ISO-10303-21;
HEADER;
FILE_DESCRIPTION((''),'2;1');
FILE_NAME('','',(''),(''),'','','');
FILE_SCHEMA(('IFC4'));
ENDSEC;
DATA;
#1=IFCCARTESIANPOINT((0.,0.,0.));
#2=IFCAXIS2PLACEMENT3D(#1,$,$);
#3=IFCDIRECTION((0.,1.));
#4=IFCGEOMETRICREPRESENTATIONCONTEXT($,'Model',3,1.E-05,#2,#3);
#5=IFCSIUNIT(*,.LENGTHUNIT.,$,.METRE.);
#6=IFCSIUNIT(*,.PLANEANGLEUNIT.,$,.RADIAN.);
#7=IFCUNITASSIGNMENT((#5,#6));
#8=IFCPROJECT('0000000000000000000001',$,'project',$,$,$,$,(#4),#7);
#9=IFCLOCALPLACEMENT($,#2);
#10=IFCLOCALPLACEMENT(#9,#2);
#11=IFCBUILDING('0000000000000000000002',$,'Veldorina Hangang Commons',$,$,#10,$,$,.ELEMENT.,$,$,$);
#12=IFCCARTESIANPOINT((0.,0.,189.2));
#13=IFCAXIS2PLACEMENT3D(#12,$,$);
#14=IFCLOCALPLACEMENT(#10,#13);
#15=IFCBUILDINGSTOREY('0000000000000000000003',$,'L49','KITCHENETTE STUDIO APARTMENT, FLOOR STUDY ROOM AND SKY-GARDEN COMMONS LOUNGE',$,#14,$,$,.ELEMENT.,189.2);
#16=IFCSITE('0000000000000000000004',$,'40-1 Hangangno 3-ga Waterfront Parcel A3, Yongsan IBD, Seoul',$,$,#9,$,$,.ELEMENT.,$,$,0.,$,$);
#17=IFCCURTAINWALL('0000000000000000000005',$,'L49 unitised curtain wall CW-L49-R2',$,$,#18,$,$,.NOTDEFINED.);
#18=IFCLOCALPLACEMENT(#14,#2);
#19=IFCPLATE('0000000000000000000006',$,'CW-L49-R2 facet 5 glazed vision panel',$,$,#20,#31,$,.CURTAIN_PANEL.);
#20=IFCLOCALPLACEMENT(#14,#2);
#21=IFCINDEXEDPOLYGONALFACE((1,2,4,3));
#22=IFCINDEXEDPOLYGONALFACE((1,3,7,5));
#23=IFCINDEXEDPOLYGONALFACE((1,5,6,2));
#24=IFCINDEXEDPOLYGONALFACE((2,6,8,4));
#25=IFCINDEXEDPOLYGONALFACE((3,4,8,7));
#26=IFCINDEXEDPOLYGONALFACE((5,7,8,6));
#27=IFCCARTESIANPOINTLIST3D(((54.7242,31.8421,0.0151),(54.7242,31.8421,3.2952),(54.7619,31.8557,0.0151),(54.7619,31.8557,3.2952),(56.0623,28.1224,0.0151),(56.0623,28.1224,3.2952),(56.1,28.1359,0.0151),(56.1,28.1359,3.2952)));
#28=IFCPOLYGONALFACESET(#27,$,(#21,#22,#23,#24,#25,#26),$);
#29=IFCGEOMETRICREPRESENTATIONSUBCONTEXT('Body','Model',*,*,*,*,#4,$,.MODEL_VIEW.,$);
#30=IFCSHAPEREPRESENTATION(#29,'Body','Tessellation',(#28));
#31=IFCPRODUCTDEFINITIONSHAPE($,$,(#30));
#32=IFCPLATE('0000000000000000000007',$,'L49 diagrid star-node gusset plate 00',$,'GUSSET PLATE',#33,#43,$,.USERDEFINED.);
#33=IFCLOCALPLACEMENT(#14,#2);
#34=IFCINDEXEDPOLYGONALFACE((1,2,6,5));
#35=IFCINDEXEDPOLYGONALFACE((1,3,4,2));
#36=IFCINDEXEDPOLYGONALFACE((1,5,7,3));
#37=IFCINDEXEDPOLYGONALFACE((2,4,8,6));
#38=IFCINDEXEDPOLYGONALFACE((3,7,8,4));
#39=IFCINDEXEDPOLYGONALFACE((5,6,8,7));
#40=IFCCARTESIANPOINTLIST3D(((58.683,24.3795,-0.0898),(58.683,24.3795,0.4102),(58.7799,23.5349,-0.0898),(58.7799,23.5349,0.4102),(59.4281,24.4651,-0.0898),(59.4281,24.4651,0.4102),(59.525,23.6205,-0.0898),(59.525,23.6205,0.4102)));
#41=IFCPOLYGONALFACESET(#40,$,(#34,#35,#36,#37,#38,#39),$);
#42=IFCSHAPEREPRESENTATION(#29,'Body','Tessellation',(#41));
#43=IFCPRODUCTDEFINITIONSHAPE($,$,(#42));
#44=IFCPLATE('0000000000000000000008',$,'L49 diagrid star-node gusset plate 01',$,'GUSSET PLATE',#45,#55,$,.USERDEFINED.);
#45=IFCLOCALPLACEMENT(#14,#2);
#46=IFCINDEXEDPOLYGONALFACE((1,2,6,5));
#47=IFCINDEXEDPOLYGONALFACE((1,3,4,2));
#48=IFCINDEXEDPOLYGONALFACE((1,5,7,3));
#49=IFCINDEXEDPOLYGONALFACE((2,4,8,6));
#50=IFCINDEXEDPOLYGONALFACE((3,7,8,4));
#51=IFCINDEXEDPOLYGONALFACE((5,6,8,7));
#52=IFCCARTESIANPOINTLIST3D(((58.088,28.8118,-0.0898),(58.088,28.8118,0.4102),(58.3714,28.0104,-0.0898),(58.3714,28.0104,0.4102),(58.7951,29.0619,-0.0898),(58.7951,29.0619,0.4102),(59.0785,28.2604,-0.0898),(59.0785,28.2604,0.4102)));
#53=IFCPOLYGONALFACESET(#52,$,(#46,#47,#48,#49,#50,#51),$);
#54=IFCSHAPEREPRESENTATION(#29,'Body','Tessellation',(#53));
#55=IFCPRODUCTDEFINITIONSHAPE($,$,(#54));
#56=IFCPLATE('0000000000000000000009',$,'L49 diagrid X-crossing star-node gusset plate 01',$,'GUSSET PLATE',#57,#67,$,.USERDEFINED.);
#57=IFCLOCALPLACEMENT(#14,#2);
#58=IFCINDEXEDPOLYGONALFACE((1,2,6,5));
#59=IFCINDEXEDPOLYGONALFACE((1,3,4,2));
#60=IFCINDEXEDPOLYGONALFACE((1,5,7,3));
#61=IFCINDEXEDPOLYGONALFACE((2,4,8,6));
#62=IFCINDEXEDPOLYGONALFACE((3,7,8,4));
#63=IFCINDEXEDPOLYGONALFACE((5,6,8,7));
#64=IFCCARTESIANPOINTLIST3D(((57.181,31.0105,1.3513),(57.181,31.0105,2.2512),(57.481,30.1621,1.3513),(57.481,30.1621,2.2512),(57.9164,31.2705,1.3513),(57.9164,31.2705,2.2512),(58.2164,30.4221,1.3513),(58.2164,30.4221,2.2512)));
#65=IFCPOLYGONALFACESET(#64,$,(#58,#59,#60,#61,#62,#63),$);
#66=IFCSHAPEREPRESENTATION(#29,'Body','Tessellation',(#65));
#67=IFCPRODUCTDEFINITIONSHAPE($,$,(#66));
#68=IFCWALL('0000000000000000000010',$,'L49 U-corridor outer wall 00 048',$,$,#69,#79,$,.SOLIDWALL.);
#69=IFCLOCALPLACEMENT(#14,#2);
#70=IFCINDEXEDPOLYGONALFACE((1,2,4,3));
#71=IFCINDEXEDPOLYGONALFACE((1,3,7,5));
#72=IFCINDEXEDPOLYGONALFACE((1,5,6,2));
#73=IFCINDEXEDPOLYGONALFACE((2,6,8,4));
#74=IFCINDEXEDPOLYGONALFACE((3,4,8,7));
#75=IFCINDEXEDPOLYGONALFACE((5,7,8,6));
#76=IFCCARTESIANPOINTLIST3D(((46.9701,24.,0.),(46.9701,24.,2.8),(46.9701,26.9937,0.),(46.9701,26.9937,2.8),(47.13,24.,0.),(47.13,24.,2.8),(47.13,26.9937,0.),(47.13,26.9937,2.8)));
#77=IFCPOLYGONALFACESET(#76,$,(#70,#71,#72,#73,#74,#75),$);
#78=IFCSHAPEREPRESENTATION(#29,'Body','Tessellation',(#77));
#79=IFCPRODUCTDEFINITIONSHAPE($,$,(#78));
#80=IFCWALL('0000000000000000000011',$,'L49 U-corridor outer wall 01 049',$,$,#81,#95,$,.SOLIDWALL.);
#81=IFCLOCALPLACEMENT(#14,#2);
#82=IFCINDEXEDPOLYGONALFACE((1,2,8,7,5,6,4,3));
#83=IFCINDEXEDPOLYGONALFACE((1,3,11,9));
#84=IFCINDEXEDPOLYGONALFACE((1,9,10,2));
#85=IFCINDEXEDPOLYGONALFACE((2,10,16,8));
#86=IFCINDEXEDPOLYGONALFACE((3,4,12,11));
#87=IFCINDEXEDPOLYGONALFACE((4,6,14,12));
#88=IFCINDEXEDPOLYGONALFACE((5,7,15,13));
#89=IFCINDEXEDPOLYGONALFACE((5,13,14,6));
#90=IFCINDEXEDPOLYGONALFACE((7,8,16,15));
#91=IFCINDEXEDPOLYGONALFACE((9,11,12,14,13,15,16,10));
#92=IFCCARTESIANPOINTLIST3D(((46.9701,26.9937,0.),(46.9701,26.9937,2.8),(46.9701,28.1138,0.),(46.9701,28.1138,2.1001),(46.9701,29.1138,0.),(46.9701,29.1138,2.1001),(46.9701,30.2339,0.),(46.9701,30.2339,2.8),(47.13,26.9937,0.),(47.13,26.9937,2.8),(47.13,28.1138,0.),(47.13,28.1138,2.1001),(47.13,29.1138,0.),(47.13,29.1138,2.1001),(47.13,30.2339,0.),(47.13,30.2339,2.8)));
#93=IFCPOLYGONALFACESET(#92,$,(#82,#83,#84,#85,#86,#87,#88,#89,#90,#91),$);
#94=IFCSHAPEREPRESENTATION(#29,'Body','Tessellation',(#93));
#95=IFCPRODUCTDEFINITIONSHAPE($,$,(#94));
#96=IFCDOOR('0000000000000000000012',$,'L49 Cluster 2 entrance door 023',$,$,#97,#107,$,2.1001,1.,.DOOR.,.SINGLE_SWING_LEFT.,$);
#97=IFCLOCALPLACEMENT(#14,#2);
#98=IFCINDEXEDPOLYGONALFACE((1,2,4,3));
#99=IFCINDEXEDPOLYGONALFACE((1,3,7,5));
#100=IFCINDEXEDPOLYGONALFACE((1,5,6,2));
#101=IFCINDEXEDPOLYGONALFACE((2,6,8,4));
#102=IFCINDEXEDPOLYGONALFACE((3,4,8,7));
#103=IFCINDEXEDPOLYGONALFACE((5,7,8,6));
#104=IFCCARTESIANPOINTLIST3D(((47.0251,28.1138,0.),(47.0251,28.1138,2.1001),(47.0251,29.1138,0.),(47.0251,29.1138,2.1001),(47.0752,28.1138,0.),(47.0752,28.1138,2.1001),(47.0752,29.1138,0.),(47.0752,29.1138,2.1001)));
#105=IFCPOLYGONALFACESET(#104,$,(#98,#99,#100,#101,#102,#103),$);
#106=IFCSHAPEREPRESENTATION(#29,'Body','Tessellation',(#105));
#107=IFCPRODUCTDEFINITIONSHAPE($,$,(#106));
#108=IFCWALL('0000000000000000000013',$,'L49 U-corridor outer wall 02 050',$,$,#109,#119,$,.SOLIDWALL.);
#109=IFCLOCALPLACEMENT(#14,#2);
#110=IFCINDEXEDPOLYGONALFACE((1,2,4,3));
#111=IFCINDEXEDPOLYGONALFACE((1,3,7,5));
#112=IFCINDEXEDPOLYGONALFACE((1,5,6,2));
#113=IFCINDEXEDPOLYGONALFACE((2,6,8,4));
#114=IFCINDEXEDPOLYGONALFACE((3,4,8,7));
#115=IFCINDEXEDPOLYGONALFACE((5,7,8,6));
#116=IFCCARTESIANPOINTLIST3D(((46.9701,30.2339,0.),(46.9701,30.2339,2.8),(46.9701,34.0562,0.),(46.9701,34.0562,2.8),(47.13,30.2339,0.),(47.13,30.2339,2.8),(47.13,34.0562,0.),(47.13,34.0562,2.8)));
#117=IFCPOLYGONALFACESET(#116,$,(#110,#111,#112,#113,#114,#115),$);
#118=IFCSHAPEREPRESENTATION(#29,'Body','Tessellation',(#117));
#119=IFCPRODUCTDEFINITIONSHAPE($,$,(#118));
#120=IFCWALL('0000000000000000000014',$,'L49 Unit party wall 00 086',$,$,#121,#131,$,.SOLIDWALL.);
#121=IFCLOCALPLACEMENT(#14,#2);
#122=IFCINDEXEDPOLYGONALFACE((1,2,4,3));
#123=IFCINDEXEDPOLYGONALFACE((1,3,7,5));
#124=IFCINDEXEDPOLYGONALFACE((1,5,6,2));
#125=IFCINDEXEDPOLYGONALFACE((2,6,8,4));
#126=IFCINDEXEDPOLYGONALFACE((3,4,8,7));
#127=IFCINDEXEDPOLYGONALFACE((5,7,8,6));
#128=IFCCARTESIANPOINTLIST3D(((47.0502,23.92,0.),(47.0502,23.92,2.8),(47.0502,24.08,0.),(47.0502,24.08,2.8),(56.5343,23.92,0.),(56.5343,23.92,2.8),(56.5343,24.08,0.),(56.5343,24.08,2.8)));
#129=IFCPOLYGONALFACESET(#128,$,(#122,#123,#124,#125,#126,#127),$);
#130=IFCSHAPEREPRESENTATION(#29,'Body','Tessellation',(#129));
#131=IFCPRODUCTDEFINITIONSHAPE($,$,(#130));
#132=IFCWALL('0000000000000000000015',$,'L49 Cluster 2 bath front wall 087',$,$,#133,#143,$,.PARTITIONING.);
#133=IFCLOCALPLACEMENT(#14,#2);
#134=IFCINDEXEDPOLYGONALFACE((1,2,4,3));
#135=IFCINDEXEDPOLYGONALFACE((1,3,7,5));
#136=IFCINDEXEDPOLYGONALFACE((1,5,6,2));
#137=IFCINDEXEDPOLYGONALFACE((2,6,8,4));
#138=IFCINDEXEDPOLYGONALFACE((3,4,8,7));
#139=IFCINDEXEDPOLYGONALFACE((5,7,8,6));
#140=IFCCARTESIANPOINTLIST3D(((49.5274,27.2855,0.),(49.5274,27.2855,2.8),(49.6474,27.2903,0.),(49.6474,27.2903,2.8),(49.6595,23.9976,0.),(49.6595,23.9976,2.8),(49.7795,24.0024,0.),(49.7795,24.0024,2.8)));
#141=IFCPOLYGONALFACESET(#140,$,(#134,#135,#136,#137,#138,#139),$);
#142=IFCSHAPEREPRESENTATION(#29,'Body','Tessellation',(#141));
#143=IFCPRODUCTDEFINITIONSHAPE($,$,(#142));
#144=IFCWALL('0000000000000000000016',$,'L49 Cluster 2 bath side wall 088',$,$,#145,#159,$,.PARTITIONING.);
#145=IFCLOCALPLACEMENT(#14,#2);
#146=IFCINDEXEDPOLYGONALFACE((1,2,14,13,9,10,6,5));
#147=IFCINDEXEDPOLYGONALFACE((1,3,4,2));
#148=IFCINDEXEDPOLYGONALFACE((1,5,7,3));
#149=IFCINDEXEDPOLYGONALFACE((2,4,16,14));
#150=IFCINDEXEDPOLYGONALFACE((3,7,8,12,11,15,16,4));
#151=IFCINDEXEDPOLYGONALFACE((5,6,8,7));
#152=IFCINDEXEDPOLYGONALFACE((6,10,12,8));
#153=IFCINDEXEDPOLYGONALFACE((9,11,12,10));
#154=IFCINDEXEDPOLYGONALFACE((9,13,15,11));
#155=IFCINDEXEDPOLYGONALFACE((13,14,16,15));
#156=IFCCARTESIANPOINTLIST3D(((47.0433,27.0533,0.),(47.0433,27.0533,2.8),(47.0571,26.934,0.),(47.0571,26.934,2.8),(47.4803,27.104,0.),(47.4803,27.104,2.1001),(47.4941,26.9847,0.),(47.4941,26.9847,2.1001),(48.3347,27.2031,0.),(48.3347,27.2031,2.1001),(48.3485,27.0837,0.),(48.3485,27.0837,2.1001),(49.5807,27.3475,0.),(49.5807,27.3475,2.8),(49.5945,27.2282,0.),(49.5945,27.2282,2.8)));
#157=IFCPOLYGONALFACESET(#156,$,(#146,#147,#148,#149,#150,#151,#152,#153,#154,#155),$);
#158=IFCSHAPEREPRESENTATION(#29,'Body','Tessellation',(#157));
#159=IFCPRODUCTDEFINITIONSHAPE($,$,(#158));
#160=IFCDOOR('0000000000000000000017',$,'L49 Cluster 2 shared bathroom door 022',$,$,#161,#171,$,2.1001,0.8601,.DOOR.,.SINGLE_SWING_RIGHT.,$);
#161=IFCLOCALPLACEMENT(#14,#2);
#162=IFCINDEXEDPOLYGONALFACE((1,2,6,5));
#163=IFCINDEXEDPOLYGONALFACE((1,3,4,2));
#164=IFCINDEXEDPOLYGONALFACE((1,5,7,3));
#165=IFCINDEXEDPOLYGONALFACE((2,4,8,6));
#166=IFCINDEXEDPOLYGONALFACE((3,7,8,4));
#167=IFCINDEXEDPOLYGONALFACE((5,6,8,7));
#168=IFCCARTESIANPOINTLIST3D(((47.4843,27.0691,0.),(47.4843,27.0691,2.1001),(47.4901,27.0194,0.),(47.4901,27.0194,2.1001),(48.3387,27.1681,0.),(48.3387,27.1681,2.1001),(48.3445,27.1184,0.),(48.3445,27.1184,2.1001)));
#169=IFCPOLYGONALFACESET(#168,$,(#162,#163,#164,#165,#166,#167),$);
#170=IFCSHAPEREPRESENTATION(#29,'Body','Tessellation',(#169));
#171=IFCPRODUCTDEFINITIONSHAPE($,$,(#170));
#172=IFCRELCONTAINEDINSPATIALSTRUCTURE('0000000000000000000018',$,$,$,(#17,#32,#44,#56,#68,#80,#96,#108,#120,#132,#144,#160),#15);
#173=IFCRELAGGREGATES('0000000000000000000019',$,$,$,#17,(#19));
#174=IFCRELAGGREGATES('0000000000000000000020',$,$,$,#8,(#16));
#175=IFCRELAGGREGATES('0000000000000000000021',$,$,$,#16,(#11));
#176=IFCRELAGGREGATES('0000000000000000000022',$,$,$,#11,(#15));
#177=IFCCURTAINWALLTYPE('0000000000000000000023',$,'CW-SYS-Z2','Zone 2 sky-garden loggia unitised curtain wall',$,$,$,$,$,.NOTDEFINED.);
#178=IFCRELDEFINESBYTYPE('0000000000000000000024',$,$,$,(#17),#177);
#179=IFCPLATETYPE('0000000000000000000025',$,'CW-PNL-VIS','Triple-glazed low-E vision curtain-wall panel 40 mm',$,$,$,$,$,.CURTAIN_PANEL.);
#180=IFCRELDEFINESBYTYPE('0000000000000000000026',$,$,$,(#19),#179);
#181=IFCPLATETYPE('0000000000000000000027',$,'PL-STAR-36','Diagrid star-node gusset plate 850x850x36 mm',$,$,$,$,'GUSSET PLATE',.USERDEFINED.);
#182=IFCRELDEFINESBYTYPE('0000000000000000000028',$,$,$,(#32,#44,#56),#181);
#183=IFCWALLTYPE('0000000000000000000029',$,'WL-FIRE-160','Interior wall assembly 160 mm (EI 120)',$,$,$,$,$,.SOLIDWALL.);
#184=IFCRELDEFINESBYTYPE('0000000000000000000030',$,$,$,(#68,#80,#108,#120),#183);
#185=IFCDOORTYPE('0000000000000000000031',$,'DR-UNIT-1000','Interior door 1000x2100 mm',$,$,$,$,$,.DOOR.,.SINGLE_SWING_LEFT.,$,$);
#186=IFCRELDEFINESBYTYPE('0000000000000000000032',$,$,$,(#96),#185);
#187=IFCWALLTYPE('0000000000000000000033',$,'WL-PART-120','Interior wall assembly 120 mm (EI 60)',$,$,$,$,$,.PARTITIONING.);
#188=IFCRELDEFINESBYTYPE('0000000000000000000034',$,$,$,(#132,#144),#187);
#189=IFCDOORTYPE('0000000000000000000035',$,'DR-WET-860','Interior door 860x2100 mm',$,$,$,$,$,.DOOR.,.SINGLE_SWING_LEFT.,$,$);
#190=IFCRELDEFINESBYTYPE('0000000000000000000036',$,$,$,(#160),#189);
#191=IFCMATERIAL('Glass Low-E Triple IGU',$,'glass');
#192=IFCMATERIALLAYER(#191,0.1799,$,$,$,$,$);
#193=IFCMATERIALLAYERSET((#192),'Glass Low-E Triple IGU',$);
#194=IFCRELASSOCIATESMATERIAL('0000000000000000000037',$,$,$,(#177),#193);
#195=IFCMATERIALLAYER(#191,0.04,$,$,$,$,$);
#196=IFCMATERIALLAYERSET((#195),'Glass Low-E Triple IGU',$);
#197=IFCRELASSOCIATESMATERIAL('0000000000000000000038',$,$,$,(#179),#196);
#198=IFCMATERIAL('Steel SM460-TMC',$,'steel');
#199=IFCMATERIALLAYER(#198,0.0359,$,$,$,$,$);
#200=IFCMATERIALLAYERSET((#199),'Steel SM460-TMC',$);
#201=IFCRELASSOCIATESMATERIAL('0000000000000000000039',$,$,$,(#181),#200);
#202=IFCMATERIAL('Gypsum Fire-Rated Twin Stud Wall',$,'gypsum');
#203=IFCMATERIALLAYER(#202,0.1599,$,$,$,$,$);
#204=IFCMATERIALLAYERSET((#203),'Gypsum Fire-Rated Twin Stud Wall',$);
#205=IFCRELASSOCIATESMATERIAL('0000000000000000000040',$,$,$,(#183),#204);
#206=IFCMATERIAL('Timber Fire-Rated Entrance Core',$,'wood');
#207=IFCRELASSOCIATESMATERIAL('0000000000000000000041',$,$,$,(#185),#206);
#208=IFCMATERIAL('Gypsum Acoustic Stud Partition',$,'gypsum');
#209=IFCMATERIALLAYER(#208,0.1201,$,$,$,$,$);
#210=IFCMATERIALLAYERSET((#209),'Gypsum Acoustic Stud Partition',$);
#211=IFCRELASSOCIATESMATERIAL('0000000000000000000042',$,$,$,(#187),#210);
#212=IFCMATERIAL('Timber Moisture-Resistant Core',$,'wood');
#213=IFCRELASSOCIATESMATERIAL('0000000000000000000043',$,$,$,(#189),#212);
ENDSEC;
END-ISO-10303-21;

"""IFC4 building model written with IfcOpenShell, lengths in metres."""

from ifc_helpers import new_model, si_unit, direction, frame, frame_2d, origin, origin_2d, place, context, subcontext, project, spatial, rectangle, extrude, material, layer, layer_set, type_object, element, fill, aggregate, save


model = new_model("IFC4")

# Units and contexts
model_context = context("Model", 3, precision=1e-05, world=origin(), true_north=direction((0.0, 1.0)))
body_context = subcontext(model_context, "Body", "Model", "MODEL_VIEW")
ifc_project = project(units=[si_unit("LENGTHUNIT", "METRE"), si_unit("PLANEANGLEUNIT", "RADIAN")], contexts=[model_context])

# Site, building, storey
site_placement = place(None, origin())
site = spatial("IfcSite", under=ifc_project, at=site_placement, Name="40-1 Hangangno 3-ga Waterfront Parcel A3, Yongsan IBD, Seoul", CompositionType="ELEMENT", RefElevation=0.0)
building_placement = place(site_placement, origin())
building = spatial("IfcBuilding", under=site, at=building_placement, Name="Veldorina Hangang Commons", CompositionType="ELEMENT")
storey_placement = place(building_placement, frame((0.0, 0.0, 189.2)))
storey = spatial("IfcBuildingStorey", under=building, at=storey_placement, Name="L49", Description="KITCHENETTE STUDIO APARTMENT, FLOOR STUDY ROOM AND SKY-GARDEN COMMONS LOUNGE", CompositionType="ELEMENT", Elevation=189.2)

# Curtain wall
ifc_material_1 = material(Name="Glass Low-E Triple IGU", Category="glass")
ifc_layer_1 = layer(ifc_material_1, 0.1799)
ifc_layer_set_1 = layer_set([ifc_layer_1], Name="Glass Low-E Triple IGU")
curtain_wall_type = type_object("IfcCurtainWallType", Name="CW-SYS-Z2", Description="Zone 2 sky-garden loggia unitised curtain wall", PredefinedType="NOTDEFINED", material=ifc_layer_set_1)
curtain_wall_placement = place(storey_placement, origin())
curtain_wall = element("IfcCurtainWall", 1, at=curtain_wall_placement, inside=storey, type_object=curtain_wall_type, Name="L49 unitised curtain wall CW-L49-R2", PredefinedType="NOTDEFINED")

# Plate
ifc_layer_2 = layer(ifc_material_1, 0.04)
ifc_layer_set_2 = layer_set([ifc_layer_2], Name="Glass Low-E Triple IGU")
plate_type_1 = type_object("IfcPlateType", Name="CW-PNL-VIS", Description="Triple-glazed low-E vision curtain-wall panel 40 mm", PredefinedType="CURTAIN_PANEL", material=ifc_layer_set_2)
plate_1_placement = place(storey_placement, frame((55.4121, 29.989, 0.0151), z_axis=(0.0, 0.0, 1.0), x_axis=(-0.338492, 0.940969, 0.0)))
plate_1 = element("IfcPlate", 2, at=plate_1_placement, type_object=plate_type_1, Name="CW-L49-R2 facet 5 glazed vision panel", PredefinedType="CURTAIN_PANEL", context=body_context, shape_type="SweptSolid", body=[
    extrude(rectangle(XDim=3.9531, YDim=0.04, at=origin_2d()), origin(), (0.0, 0.0, 1.0), 3.28),
])
aggregate(curtain_wall, [plate_1])

# Plates
ifc_material_2 = material(Name="Steel SM460-TMC", Category="steel")
ifc_layer_3 = layer(ifc_material_2, 0.0359)
ifc_layer_set_3 = layer_set([ifc_layer_3], Name="Steel SM460-TMC")
plate_type_2 = type_object("IfcPlateType", Name="PL-STAR-36", Description="Diagrid star-node gusset plate 850x850x36 mm", ElementType="GUSSET PLATE", PredefinedType="USERDEFINED", material=ifc_layer_set_3)
for number, where, z_axis, x_axis, name in (
    (3, (59.104, 24.0, -0.0898), (0.0, 0.0, 1.0), (-0.11407, 0.993473, 0.0), "L49 diagrid star-node gusset plate 00"),
    (4, (58.5833, 28.5361, -0.0898), (0.0, 0.0, 1.0), (-0.333379, 0.942793, 0.0), "L49 diagrid star-node gusset plate 01"),
):
    element("IfcPlate", number, at=place(storey_placement, frame(where, z_axis=z_axis, x_axis=x_axis)), inside=storey, type_object=plate_type_2, Name=name, ObjectType="GUSSET PLATE", PredefinedType="USERDEFINED", context=body_context, shape_type="SweptSolid", body=[
        extrude(rectangle(XDim=0.8501, YDim=0.75, at=origin_2d()), origin(), (0.0, 0.0, 1.0), 0.5),
    ])
plate_2_placement = place(storey_placement, frame((57.6987, 30.7163, 1.3513), z_axis=(0.0, 0.0, 1.0), x_axis=(-0.333379, 0.942793, 0.0)))
element("IfcPlate", 5, at=plate_2_placement, inside=storey, type_object=plate_type_2, Name="L49 diagrid X-crossing star-node gusset plate 01", ObjectType="GUSSET PLATE", PredefinedType="USERDEFINED", context=body_context, shape_type="SweptSolid", body=[
    extrude(rectangle(XDim=0.8999, YDim=0.78, at=origin_2d()), origin(), (0.0, 0.0, 1.0), 0.8999),
])

# Wall
ifc_material_3 = material(Name="Gypsum Fire-Rated Twin Stud Wall", Category="gypsum")
ifc_layer_4 = layer(ifc_material_3, 0.1599)
ifc_layer_set_4 = layer_set([ifc_layer_4], Name="Gypsum Fire-Rated Twin Stud Wall")
wall_type_1 = type_object("IfcWallType", Name="WL-FIRE-160", Description="Interior wall assembly 160 mm (EI 120)", PredefinedType="SOLIDWALL", material=ifc_layer_set_4)
wall_1_placement = place(storey_placement, frame((47.05, 24.0, 0.0), z_axis=(0.0, 0.0, 1.0), x_axis=(0.0, 1.0, 0.0)))
element("IfcWall", 6, at=wall_1_placement, inside=storey, type_object=wall_type_1, Name="L49 U-corridor outer wall 00 048", PredefinedType="SOLIDWALL", context=body_context, shape_type="SweptSolid", body=[
    extrude(rectangle(XDim=2.9937, YDim=0.1599, at=frame_2d((1.4968, 0.0))), origin(), (0.0, 0.0, 1.0), 2.8),
])

# Wall, opening, door
wall_2_placement = place(storey_placement, frame((47.05, 26.9937, 0.0), z_axis=(0.0, 0.0, 1.0), x_axis=(0.0, 1.0, 0.0)))
wall_2 = element("IfcWall", 7, at=wall_2_placement, inside=storey, type_object=wall_type_1, Name="L49 U-corridor outer wall 01 049", PredefinedType="SOLIDWALL", context=body_context, shape_type="SweptSolid", body=[
    extrude(rectangle(XDim=3.2402, YDim=0.1599, at=frame_2d((1.6201, 0.0))), origin(), (0.0, 0.0, 1.0), 2.8),
])
opening_1_placement = place(wall_2_placement, frame((1.1201, 0.0, 0.0)))
opening_1 = element("IfcOpeningElement", 8, at=opening_1_placement, cuts=wall_2, PredefinedType="OPENING", context=body_context, shape_type="SweptSolid", body=[
    extrude(rectangle(XDim=1.0, YDim=2.1001, at=frame_2d((0.5, 1.05))), frame((0.0, 0.0898, 0.0), z_axis=(0.0, -1.0, 0.0), x_axis=(1.0, 0.0, 0.0)), (0.0, 0.0, 1.0), 0.1799),
])
ifc_material_4 = material(Name="Timber Fire-Rated Entrance Core", Category="wood")
door_type_1 = type_object("IfcDoorType", Name="DR-UNIT-1000", Description="Interior door 1000x2100 mm", OperationType="SINGLE_SWING_LEFT", PredefinedType="DOOR", material=ifc_material_4)
door_1_placement = place(opening_1_placement, origin())
door_1 = element("IfcDoor", 9, at=door_1_placement, inside=storey, type_object=door_type_1, Name="L49 Cluster 2 entrance door 023", OperationType="SINGLE_SWING_LEFT", OverallHeight=2.1001, OverallWidth=1.0, PredefinedType="DOOR", context=body_context, shape_type="SweptSolid", body=[
    extrude(rectangle(XDim=1.0, YDim=2.1001, at=frame_2d((0.5, 1.05))), frame((0.0, 0.0249, 0.0), z_axis=(0.0, -1.0, 0.0), x_axis=(1.0, 0.0, 0.0)), (0.0, 0.0, 1.0), 0.05),
])
fill(opening_1, door_1)

# Walls
wall_3_placement = place(storey_placement, frame((47.05, 30.2339, 0.0), z_axis=(0.0, 0.0, 1.0), x_axis=(0.0, 1.0, 0.0)))
element("IfcWall", 10, at=wall_3_placement, inside=storey, type_object=wall_type_1, Name="L49 U-corridor outer wall 02 050", PredefinedType="SOLIDWALL", context=body_context, shape_type="SweptSolid", body=[
    extrude(rectangle(XDim=3.8223, YDim=0.1599, at=frame_2d((1.9111, 0.0))), origin(), (0.0, 0.0, 1.0), 2.8),
])
wall_4_placement = place(storey_placement, frame((47.05, 24.0, 0.0), z_axis=(0.0, 0.0, 1.0), x_axis=(1.0, 0.0, 0.0)))
element("IfcWall", 11, at=wall_4_placement, inside=storey, type_object=wall_type_1, Name="L49 Unit party wall 00 086", PredefinedType="SOLIDWALL", context=body_context, shape_type="SweptSolid", body=[
    extrude(rectangle(XDim=9.4841, YDim=0.1599, at=frame_2d((4.7422, 0.0))), origin(), (0.0, 0.0, 1.0), 2.8),
])
ifc_material_5 = material(Name="Gypsum Acoustic Stud Partition", Category="gypsum")
ifc_layer_5 = layer(ifc_material_5, 0.1201)
ifc_layer_set_5 = layer_set([ifc_layer_5], Name="Gypsum Acoustic Stud Partition")
wall_type_2 = type_object("IfcWallType", Name="WL-PART-120", Description="Interior wall assembly 120 mm (EI 60)", PredefinedType="PARTITIONING", material=ifc_layer_set_5)
wall_5_placement = place(storey_placement, frame((49.7195, 24.0, 0.0), z_axis=(0.0, 0.0, 1.0), x_axis=(-0.04014, 0.999194, 0.0)))
element("IfcWall", 12, at=wall_5_placement, inside=storey, type_object=wall_type_2, Name="L49 Cluster 2 bath front wall 087", PredefinedType="PARTITIONING", context=body_context, shape_type="SweptSolid", body=[
    extrude(rectangle(XDim=3.2905, YDim=0.1201, at=frame_2d((1.6453, 0.0))), origin(), (0.0, 0.0, 1.0), 2.8),
])

# Wall, opening, door
wall_6_placement = place(storey_placement, frame((47.05, 26.9937, 0.0), z_axis=(0.0, 0.0, 1.0), x_axis=(0.993346, 0.115172, 0.0)))
wall_6 = element("IfcWall", 13, at=wall_6_placement, inside=storey, type_object=wall_type_2, Name="L49 Cluster 2 bath side wall 088", PredefinedType="PARTITIONING", context=body_context, shape_type="SweptSolid", body=[
    extrude(rectangle(XDim=2.5544, YDim=0.1201, at=frame_2d((1.2773, 0.0))), origin(), (0.0, 0.0, 1.0), 2.8),
])
opening_2_placement = place(wall_6_placement, frame((0.4399, 0.0, 0.0)))
opening_2 = element("IfcOpeningElement", 14, at=opening_2_placement, cuts=wall_6, PredefinedType="OPENING", context=body_context, shape_type="SweptSolid", body=[
    extrude(rectangle(XDim=0.8601, YDim=2.1001, at=frame_2d((0.4302, 1.05))), frame((0.0, 0.0701, 0.0), z_axis=(0.0, -1.0, 0.0), x_axis=(1.0, 0.0, 0.0)), (0.0, 0.0, 1.0), 0.1401),
])
ifc_material_6 = material(Name="Timber Moisture-Resistant Core", Category="wood")
door_type_2 = type_object("IfcDoorType", Name="DR-WET-860", Description="Interior door 860x2100 mm", OperationType="SINGLE_SWING_LEFT", PredefinedType="DOOR", material=ifc_material_6)
door_2_placement = place(opening_2_placement, origin())
door_2 = element("IfcDoor", 15, at=door_2_placement, inside=storey, type_object=door_type_2, Name="L49 Cluster 2 shared bathroom door 022", OperationType="SINGLE_SWING_RIGHT", OverallHeight=2.1001, OverallWidth=0.8601, PredefinedType="DOOR", context=body_context, shape_type="SweptSolid", body=[
    extrude(rectangle(XDim=0.8601, YDim=2.1001, at=frame_2d((0.4302, 1.05))), frame((0.0, 0.0249, 0.0), z_axis=(0.0, -1.0, 0.0), x_axis=(1.0, 0.0, 0.0)), (0.0, 0.0, 1.0), 0.05),
])
fill(opening_2, door_2)

save(model, "model.ifc")
